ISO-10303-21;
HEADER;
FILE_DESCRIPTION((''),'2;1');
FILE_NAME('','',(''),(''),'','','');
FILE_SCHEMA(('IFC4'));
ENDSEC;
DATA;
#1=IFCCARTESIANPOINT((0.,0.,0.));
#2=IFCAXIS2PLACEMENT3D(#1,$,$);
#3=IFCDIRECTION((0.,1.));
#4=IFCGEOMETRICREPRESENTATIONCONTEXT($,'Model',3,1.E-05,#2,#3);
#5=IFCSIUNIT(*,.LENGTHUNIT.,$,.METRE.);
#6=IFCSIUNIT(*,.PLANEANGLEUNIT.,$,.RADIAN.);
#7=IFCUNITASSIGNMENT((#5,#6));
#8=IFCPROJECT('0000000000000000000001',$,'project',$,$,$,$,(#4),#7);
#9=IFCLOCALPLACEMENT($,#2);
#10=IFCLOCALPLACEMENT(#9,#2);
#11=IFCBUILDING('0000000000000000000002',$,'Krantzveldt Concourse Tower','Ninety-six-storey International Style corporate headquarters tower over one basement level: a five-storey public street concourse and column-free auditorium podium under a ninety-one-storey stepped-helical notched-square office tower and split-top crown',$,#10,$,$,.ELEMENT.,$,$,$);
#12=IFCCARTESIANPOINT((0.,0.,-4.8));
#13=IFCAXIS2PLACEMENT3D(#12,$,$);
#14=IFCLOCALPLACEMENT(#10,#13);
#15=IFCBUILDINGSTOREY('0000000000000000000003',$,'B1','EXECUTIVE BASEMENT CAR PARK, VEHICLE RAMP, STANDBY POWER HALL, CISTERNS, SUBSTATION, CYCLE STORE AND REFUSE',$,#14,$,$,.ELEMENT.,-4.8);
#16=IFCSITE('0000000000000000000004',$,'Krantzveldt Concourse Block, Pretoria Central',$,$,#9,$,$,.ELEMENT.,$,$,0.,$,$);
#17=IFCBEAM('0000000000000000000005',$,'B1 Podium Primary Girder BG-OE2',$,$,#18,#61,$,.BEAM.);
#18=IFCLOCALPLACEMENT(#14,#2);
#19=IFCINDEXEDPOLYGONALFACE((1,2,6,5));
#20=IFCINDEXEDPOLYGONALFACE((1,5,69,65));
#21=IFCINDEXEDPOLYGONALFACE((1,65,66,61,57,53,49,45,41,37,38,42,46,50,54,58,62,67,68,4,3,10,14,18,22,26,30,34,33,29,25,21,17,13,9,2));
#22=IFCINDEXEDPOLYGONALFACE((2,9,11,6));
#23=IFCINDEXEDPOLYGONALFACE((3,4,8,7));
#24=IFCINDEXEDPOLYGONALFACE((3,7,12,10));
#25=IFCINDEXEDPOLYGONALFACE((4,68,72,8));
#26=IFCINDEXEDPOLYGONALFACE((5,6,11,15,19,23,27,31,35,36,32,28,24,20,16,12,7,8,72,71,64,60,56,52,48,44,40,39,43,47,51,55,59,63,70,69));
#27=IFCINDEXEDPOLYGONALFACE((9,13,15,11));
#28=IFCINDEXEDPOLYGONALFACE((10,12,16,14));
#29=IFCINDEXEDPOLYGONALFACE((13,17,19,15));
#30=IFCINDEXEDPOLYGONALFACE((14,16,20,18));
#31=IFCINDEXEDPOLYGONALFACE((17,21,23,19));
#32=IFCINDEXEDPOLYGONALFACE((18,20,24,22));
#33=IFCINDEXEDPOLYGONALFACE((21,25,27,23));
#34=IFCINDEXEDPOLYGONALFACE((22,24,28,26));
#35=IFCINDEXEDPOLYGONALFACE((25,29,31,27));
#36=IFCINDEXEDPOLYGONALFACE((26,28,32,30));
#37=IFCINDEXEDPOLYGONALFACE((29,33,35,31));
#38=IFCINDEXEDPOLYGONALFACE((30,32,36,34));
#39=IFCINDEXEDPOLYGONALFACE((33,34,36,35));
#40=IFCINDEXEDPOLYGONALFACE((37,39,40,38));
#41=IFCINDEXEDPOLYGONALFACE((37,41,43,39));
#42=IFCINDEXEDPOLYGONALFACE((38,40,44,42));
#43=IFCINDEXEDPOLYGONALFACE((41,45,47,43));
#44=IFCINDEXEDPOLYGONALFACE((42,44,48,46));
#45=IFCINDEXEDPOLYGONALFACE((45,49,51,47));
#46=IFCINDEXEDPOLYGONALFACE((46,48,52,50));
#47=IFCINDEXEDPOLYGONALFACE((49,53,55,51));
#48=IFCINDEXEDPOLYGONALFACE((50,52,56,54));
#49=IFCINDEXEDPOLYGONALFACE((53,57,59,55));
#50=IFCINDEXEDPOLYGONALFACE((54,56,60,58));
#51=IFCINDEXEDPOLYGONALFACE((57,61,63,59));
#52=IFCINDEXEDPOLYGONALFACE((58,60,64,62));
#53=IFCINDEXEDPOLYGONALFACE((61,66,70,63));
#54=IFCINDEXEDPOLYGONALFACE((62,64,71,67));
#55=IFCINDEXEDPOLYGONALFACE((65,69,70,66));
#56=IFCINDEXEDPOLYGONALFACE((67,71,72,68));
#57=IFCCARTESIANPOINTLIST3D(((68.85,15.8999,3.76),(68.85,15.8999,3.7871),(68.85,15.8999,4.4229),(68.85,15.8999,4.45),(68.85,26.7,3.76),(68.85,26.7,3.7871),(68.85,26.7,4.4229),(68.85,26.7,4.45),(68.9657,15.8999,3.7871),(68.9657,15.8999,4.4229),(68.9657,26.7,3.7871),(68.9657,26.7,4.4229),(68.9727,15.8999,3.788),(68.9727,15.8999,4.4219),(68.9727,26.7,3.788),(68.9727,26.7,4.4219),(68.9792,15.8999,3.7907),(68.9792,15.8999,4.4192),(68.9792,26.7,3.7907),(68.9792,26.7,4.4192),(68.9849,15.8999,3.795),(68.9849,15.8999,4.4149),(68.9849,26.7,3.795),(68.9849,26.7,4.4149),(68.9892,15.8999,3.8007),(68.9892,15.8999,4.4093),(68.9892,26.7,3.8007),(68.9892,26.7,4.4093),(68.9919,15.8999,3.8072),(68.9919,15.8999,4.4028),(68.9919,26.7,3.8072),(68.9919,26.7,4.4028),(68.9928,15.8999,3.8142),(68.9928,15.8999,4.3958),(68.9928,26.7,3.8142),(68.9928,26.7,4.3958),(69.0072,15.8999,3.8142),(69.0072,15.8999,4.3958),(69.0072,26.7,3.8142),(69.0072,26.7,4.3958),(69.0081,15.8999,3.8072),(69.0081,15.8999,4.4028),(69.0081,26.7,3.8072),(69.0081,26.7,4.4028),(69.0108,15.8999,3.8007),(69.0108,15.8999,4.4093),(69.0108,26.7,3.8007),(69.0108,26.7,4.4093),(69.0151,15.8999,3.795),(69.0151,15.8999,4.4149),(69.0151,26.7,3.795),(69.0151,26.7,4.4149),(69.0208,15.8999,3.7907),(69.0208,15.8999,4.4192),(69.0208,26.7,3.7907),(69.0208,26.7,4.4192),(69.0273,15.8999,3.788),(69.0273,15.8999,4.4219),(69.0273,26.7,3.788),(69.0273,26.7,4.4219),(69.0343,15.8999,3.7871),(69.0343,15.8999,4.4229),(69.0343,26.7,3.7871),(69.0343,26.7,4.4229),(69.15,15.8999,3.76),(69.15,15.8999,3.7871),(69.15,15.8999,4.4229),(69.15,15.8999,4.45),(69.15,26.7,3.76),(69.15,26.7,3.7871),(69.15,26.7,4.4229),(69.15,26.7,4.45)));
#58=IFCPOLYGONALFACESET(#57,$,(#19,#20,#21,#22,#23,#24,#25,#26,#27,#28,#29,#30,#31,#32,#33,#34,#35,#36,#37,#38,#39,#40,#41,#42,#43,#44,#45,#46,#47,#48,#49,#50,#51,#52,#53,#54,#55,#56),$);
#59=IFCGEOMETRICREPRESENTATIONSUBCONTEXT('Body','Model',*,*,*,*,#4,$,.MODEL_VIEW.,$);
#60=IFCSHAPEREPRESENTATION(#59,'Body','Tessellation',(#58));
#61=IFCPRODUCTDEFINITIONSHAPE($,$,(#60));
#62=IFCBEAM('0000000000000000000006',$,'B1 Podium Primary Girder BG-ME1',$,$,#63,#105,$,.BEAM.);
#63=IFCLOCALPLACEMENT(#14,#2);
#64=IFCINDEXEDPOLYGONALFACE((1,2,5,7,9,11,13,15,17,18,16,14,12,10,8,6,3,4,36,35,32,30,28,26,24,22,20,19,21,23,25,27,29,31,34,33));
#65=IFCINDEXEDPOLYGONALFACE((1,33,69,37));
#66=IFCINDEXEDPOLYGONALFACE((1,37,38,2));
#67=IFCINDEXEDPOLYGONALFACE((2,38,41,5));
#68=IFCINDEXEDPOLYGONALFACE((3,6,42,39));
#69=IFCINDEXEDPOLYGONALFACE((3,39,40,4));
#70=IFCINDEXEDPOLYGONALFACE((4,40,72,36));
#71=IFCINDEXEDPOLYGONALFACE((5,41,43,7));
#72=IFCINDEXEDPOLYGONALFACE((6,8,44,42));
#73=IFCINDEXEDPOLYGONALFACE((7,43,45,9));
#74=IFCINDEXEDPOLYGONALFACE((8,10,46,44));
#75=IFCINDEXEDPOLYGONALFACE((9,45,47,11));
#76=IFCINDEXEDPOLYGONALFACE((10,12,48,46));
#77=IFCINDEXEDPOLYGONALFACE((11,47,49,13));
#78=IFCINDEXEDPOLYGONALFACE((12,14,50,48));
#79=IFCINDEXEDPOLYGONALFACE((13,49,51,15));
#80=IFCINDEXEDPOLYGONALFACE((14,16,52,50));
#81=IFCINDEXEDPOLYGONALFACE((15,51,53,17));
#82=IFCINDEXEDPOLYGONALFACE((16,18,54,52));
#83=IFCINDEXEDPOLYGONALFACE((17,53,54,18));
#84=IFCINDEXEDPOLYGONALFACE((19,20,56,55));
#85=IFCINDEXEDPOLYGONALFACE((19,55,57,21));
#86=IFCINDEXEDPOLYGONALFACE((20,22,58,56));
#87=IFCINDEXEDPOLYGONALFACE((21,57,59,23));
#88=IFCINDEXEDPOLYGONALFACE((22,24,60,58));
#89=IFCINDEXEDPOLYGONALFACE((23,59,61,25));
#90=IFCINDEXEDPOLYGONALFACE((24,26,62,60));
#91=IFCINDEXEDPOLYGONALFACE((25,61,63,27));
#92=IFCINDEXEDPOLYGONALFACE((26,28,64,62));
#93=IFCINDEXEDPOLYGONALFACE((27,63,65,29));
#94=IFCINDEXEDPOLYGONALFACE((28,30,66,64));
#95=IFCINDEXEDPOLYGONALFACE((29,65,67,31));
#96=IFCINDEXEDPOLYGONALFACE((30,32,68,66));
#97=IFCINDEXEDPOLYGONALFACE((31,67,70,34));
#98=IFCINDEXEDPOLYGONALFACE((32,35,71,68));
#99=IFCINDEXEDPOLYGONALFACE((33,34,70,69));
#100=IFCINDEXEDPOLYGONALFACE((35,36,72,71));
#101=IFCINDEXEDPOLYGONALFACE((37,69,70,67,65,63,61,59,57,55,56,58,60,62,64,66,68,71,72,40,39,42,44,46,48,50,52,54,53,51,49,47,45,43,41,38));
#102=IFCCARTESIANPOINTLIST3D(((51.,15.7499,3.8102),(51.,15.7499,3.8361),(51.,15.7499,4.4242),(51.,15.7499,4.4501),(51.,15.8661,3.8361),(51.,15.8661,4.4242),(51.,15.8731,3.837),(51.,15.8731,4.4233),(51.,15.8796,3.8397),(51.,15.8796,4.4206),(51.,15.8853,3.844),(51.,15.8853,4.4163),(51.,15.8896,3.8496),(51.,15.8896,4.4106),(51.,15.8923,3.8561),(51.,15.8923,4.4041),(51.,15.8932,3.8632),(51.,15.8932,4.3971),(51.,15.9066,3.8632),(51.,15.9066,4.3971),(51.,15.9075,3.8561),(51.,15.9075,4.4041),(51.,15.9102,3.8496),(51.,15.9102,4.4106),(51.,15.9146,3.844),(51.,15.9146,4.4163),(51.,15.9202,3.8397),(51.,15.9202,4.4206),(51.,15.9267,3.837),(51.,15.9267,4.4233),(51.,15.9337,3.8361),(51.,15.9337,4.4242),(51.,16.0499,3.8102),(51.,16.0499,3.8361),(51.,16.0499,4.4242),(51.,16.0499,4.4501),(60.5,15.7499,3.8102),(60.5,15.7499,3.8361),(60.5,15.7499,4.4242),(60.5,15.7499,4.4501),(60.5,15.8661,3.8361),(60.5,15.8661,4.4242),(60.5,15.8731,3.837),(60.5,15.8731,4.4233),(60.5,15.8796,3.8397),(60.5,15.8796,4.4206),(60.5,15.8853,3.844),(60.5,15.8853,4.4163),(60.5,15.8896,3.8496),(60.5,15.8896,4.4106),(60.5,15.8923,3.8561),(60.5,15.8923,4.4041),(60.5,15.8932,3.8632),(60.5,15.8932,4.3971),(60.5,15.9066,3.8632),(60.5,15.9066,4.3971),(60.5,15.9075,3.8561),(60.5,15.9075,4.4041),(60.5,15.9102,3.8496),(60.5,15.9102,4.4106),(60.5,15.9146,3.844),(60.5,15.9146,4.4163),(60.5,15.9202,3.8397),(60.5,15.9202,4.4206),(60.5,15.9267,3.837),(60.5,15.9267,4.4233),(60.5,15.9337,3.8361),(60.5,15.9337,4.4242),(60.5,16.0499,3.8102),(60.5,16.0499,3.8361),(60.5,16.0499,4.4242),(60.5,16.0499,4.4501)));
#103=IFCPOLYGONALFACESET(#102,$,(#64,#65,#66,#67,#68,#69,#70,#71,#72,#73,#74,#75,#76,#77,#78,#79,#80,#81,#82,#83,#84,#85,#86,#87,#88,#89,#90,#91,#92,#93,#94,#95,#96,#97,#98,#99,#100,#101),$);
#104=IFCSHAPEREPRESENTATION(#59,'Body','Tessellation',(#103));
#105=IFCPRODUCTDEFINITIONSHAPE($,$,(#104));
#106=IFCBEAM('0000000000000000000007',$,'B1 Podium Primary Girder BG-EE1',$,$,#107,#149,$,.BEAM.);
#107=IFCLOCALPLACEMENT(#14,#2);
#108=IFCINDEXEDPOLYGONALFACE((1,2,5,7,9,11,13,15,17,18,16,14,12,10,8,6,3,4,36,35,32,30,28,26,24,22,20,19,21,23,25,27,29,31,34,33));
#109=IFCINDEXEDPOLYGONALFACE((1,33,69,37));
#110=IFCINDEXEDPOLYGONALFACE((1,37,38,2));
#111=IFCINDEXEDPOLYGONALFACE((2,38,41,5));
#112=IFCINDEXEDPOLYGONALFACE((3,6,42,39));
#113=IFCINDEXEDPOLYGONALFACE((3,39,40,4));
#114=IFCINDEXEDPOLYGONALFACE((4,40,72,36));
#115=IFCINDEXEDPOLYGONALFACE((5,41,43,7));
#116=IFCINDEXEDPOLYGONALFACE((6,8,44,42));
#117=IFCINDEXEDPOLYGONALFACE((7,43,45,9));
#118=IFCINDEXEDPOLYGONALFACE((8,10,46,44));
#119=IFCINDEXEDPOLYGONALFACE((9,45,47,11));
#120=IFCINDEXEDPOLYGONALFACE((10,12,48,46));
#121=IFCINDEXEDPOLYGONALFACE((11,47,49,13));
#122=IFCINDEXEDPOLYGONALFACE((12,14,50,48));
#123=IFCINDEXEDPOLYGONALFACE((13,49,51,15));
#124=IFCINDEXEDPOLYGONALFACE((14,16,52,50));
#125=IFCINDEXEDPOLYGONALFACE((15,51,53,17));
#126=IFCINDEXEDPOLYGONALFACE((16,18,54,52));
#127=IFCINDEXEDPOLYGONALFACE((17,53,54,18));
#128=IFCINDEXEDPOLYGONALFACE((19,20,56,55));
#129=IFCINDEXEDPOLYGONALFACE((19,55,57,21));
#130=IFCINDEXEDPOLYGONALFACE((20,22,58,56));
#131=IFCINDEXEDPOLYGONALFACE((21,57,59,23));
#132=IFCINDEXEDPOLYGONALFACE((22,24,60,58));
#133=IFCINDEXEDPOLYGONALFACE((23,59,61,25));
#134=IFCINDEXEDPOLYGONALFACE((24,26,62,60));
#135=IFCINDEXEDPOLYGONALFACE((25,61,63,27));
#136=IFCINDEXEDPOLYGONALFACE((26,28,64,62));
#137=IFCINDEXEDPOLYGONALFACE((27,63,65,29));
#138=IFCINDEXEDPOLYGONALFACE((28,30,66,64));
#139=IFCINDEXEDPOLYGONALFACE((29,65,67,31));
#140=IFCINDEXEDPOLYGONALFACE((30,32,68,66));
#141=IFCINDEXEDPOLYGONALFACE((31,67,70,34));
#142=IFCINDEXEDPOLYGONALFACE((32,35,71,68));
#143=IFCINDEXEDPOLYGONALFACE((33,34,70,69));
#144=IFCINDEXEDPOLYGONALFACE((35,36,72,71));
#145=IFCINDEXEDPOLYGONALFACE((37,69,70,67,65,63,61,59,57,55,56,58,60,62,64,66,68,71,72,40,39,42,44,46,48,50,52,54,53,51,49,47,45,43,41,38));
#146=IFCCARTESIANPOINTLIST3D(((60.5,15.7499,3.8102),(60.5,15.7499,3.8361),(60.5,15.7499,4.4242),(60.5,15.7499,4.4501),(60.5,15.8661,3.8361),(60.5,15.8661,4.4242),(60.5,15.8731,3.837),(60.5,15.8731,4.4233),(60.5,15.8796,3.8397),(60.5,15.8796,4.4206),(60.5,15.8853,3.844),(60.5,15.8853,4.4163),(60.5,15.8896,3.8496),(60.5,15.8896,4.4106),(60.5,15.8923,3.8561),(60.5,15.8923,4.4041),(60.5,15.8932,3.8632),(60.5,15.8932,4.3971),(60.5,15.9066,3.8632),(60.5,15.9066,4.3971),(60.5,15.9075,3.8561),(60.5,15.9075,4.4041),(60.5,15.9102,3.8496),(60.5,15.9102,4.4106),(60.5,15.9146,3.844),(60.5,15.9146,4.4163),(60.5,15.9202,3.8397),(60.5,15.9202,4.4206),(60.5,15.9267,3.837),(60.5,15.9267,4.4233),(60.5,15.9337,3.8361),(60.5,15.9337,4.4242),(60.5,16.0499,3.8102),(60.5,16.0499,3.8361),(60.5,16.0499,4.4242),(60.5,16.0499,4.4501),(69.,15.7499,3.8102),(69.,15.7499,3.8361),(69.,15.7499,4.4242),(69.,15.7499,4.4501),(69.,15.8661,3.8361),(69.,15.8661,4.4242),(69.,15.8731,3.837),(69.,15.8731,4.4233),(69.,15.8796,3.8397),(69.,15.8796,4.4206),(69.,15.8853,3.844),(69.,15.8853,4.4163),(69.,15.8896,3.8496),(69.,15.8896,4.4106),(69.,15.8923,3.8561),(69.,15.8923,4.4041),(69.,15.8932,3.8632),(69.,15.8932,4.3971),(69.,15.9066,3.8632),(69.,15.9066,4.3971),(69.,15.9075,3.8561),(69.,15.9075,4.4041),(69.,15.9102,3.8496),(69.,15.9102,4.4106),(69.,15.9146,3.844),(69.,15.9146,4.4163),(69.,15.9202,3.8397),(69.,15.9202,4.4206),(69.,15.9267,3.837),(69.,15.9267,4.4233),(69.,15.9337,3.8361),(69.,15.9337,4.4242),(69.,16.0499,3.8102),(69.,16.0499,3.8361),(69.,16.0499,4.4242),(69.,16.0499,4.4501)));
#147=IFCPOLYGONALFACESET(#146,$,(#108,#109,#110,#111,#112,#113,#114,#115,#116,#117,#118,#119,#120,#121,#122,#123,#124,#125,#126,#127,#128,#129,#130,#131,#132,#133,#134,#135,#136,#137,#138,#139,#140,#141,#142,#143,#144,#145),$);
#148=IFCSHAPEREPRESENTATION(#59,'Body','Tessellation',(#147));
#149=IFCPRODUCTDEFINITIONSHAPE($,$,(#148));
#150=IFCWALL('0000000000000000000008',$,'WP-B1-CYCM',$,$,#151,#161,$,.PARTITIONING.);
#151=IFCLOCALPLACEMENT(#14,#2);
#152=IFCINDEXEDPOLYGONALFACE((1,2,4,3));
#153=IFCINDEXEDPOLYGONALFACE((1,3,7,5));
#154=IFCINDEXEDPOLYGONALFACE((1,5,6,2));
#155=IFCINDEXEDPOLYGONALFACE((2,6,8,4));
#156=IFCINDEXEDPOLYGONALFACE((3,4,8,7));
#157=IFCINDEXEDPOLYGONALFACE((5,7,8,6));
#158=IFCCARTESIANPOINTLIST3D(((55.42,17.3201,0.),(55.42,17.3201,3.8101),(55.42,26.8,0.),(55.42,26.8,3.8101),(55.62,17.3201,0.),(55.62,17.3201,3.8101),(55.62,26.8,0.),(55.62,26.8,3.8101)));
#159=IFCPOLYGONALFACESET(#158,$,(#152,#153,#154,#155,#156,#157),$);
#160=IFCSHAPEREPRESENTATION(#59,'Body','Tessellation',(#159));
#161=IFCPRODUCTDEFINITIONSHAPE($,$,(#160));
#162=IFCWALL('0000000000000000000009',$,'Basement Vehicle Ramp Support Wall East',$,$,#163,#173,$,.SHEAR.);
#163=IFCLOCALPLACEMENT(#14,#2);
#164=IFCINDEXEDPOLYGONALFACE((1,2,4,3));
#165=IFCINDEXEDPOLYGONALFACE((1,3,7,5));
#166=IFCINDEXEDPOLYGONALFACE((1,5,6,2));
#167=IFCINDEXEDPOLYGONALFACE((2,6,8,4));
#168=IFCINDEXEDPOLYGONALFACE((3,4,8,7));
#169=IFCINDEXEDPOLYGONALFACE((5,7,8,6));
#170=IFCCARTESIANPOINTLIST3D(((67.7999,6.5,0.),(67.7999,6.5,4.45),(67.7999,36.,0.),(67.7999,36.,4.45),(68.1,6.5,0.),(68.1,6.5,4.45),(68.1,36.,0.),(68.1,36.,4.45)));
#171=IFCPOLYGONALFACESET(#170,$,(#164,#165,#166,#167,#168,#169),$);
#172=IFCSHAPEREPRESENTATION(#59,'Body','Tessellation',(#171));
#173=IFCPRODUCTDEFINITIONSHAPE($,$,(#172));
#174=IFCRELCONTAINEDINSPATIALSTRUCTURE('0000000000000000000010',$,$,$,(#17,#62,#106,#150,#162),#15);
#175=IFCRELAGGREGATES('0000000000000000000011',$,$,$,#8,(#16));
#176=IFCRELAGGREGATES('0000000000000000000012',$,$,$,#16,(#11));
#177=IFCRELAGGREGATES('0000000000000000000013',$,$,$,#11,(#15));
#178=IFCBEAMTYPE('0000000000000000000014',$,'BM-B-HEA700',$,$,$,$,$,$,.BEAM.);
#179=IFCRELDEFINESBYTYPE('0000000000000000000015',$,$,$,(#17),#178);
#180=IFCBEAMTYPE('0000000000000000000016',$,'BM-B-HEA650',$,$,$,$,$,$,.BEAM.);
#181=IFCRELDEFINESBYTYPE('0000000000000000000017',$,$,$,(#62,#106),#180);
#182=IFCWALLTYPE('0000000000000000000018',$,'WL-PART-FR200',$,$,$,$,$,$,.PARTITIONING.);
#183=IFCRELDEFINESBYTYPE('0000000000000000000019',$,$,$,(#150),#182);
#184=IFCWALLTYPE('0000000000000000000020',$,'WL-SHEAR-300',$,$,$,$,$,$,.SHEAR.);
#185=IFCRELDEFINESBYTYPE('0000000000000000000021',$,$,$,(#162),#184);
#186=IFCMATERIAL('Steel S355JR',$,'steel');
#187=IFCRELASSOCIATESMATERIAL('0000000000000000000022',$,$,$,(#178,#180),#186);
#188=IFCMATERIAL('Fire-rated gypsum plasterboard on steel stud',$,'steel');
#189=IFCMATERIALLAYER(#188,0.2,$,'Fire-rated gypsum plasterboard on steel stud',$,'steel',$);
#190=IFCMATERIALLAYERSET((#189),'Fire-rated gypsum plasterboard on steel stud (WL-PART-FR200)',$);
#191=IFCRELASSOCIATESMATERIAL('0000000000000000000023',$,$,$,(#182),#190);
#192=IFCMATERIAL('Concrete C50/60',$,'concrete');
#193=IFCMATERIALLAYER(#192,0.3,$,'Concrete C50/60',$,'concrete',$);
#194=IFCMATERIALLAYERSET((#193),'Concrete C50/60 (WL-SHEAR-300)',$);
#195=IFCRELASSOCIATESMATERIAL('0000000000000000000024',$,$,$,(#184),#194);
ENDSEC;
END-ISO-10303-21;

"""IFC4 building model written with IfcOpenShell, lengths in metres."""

from ifc_helpers import new_model, si_unit, direction, frame, frame_2d, origin, origin_2d, place, context, subcontext, project, spatial, rectangle, i_section, extrude, source, transform, mapped, material, layer, layer_set, material_profile, profile_set, type_object, type_shapes, element, save


model = new_model("IFC4")

# Units and contexts
model_context = context("Model", 3, precision=1e-05, world=origin(), true_north=direction((0.0, 1.0)))
body_context = subcontext(model_context, "Body", "Model", "MODEL_VIEW")
ifc_project = project(units=[si_unit("LENGTHUNIT", "METRE"), si_unit("PLANEANGLEUNIT", "RADIAN")], contexts=[model_context])

# Site, building, storey
site_placement = place(None, origin())
site = spatial("IfcSite", under=ifc_project, at=site_placement, Name="Krantzveldt Concourse Block, Pretoria Central", CompositionType="ELEMENT", RefElevation=0.0)
building_placement = place(site_placement, origin())
building = spatial("IfcBuilding", under=site, at=building_placement, Name="Krantzveldt Concourse Tower", Description="Ninety-six-storey International Style corporate headquarters tower over one basement level: a five-storey public street concourse and column-free auditorium podium under a ninety-one-storey stepped-helical notched-square office tower and split-top crown", CompositionType="ELEMENT")
storey_placement = place(building_placement, frame((0.0, 0.0, -4.8)))
storey = spatial("IfcBuildingStorey", under=building, at=storey_placement, Name="B1", Description="EXECUTIVE BASEMENT CAR PARK, VEHICLE RAMP, STANDBY POWER HALL, CISTERNS, SUBSTATION, CYCLE STORE AND REFUSE", CompositionType="ELEMENT", Elevation=-4.8)

# Shared definitions
ifc_material_1 = material(Name="Concrete C50/60", Category="concrete")

# Beams
ifc_material_2 = material(Name="Steel S355JR", Category="steel")
ifc_material_profile_1 = material_profile(ifc_material_2, i_section(OverallWidth=0.3, OverallDepth=0.6899, WebThickness=0.0144, FlangeThickness=0.0271, FilletRadius=0.0271, at=origin_2d()), Name="Steel S355JR", Category="steel")
ifc_profile_set_1 = profile_set([ifc_material_profile_1], Name="Steel S355JR - HEA 700")
beam_type_1 = type_object("IfcBeamType", Name="BM-B-HEA700", PredefinedType="BEAM", material=ifc_profile_set_1)
shared_shape_1 = source(origin(), body_context, "Body", "SweptSolid", [
    extrude(i_section(OverallWidth=0.3, OverallDepth=0.6899, WebThickness=0.0144, FlangeThickness=0.0271, FilletRadius=0.0271, at=origin_2d()), origin(), (0.0, 0.0, 1.0), 10.8),
])
type_shapes(beam_type_1, [shared_shape_1])
for number, where, z_axis, x_axis, name in (
    (1, (69.0, 15.8999, 4.105), (0.0, 1.0, 0.0), (-1.0, 0.0, 0.0), "B1 Podium Primary Girder BG-OE2"),
):
    element("IfcBeam", number, at=place(storey_placement, frame(where, z_axis=z_axis, x_axis=x_axis)), inside=storey, type_object=beam_type_1, Name=name, PredefinedType="BEAM", context=body_context, shape_type="MappedRepresentation", body=[
        mapped(shared_shape_1, transform((0.0, 0.0, 0.0), x_axis=(1.0, 0.0, 0.0), y_axis=(0.0, 1.0, 0.0), z_axis=(0.0, 0.0, 1.0), scale=1.0)),
    ])
ifc_material_profile_2 = material_profile(ifc_material_2, i_section(OverallWidth=0.3, OverallDepth=0.6399, WebThickness=0.0134, FlangeThickness=0.0259, FilletRadius=0.0271, at=origin_2d()), Name="Steel S355JR", Category="steel")
ifc_profile_set_2 = profile_set([ifc_material_profile_2], Name="Steel S355JR - HEA 650")
beam_type_2 = type_object("IfcBeamType", Name="BM-B-HEA650", PredefinedType="BEAM", material=ifc_profile_set_2)
shared_shape_2 = source(origin(), body_context, "Body", "SweptSolid", [
    extrude(i_section(OverallWidth=0.3, OverallDepth=0.6399, WebThickness=0.0134, FlangeThickness=0.0259, FilletRadius=0.0271, at=origin_2d()), origin(), (0.0, 0.0, 1.0), 9.5),
])
beam_1_placement = place(storey_placement, frame((51.0, 15.8999, 4.1301), z_axis=(1.0, 0.0, 0.0), x_axis=(0.0, 1.0, 0.0)))
element("IfcBeam", 2, at=beam_1_placement, inside=storey, type_object=beam_type_2, Name="B1 Podium Primary Girder BG-ME1", PredefinedType="BEAM", context=body_context, shape_type="MappedRepresentation", body=[
    mapped(shared_shape_2, transform((0.0, 0.0, 0.0), x_axis=(1.0, 0.0, 0.0), y_axis=(0.0, 1.0, 0.0), z_axis=(0.0, 0.0, 1.0), scale=1.0)),
])
shared_shape_3 = source(origin(), body_context, "Body", "SweptSolid", [
    extrude(i_section(OverallWidth=0.3, OverallDepth=0.6399, WebThickness=0.0134, FlangeThickness=0.0259, FilletRadius=0.0271, at=origin_2d()), origin(), (0.0, 0.0, 1.0), 8.5),
])
type_shapes(beam_type_2, [shared_shape_2, shared_shape_3])
beam_2_placement = place(storey_placement, frame((60.5, 15.8999, 4.1301), z_axis=(1.0, 0.0, 0.0), x_axis=(0.0, 1.0, 0.0)))
element("IfcBeam", 3, at=beam_2_placement, inside=storey, type_object=beam_type_2, Name="B1 Podium Primary Girder BG-EE1", PredefinedType="BEAM", context=body_context, shape_type="MappedRepresentation", body=[
    mapped(shared_shape_3, transform((0.0, 0.0, 0.0), x_axis=(1.0, 0.0, 0.0), y_axis=(0.0, 1.0, 0.0), z_axis=(0.0, 0.0, 1.0), scale=1.0)),
])

# Walls
ifc_material_3 = material(Name="Fire-rated gypsum plasterboard on steel stud", Category="steel")
ifc_layer_1 = layer(ifc_material_3, 0.2, Name="Fire-rated gypsum plasterboard on steel stud", Category="steel")
ifc_layer_set_1 = layer_set([ifc_layer_1], Name="Fire-rated gypsum plasterboard on steel stud (WL-PART-FR200)")
wall_type_1 = type_object("IfcWallType", Name="WL-PART-FR200", PredefinedType="PARTITIONING", material=ifc_layer_set_1)
wall_1_placement = place(storey_placement, frame((55.52, 17.3201, 0.0), z_axis=(0.0, 0.0, 1.0), x_axis=(0.0, 1.0, 0.0)))
element("IfcWall", 4, at=wall_1_placement, inside=storey, type_object=wall_type_1, Name="WP-B1-CYCM", PredefinedType="PARTITIONING", context=body_context, shape_type="SweptSolid", body=[
    extrude(rectangle(XDim=9.48, YDim=0.2, at=frame_2d((4.74, 0.0))), origin(), (0.0, 0.0, 1.0), 3.8101),
])
ifc_layer_2 = layer(ifc_material_1, 0.3, Name="Concrete C50/60", Category="concrete")
ifc_layer_set_2 = layer_set([ifc_layer_2], Name="Concrete C50/60 (WL-SHEAR-300)")
wall_type_2 = type_object("IfcWallType", Name="WL-SHEAR-300", PredefinedType="SHEAR", material=ifc_layer_set_2)
wall_2_placement = place(storey_placement, frame((67.95, 6.5, 0.0), z_axis=(0.0, 0.0, 1.0), x_axis=(0.0, 1.0, 0.0)))
element("IfcWall", 5, at=wall_2_placement, inside=storey, type_object=wall_type_2, Name="Basement Vehicle Ramp Support Wall East", PredefinedType="SHEAR", context=body_context, shape_type="SweptSolid", body=[
    extrude(rectangle(XDim=29.5, YDim=0.3, at=frame_2d((14.75, 0.0))), origin(), (0.0, 0.0, 1.0), 4.45),
])

save(model, "model.ifc")
